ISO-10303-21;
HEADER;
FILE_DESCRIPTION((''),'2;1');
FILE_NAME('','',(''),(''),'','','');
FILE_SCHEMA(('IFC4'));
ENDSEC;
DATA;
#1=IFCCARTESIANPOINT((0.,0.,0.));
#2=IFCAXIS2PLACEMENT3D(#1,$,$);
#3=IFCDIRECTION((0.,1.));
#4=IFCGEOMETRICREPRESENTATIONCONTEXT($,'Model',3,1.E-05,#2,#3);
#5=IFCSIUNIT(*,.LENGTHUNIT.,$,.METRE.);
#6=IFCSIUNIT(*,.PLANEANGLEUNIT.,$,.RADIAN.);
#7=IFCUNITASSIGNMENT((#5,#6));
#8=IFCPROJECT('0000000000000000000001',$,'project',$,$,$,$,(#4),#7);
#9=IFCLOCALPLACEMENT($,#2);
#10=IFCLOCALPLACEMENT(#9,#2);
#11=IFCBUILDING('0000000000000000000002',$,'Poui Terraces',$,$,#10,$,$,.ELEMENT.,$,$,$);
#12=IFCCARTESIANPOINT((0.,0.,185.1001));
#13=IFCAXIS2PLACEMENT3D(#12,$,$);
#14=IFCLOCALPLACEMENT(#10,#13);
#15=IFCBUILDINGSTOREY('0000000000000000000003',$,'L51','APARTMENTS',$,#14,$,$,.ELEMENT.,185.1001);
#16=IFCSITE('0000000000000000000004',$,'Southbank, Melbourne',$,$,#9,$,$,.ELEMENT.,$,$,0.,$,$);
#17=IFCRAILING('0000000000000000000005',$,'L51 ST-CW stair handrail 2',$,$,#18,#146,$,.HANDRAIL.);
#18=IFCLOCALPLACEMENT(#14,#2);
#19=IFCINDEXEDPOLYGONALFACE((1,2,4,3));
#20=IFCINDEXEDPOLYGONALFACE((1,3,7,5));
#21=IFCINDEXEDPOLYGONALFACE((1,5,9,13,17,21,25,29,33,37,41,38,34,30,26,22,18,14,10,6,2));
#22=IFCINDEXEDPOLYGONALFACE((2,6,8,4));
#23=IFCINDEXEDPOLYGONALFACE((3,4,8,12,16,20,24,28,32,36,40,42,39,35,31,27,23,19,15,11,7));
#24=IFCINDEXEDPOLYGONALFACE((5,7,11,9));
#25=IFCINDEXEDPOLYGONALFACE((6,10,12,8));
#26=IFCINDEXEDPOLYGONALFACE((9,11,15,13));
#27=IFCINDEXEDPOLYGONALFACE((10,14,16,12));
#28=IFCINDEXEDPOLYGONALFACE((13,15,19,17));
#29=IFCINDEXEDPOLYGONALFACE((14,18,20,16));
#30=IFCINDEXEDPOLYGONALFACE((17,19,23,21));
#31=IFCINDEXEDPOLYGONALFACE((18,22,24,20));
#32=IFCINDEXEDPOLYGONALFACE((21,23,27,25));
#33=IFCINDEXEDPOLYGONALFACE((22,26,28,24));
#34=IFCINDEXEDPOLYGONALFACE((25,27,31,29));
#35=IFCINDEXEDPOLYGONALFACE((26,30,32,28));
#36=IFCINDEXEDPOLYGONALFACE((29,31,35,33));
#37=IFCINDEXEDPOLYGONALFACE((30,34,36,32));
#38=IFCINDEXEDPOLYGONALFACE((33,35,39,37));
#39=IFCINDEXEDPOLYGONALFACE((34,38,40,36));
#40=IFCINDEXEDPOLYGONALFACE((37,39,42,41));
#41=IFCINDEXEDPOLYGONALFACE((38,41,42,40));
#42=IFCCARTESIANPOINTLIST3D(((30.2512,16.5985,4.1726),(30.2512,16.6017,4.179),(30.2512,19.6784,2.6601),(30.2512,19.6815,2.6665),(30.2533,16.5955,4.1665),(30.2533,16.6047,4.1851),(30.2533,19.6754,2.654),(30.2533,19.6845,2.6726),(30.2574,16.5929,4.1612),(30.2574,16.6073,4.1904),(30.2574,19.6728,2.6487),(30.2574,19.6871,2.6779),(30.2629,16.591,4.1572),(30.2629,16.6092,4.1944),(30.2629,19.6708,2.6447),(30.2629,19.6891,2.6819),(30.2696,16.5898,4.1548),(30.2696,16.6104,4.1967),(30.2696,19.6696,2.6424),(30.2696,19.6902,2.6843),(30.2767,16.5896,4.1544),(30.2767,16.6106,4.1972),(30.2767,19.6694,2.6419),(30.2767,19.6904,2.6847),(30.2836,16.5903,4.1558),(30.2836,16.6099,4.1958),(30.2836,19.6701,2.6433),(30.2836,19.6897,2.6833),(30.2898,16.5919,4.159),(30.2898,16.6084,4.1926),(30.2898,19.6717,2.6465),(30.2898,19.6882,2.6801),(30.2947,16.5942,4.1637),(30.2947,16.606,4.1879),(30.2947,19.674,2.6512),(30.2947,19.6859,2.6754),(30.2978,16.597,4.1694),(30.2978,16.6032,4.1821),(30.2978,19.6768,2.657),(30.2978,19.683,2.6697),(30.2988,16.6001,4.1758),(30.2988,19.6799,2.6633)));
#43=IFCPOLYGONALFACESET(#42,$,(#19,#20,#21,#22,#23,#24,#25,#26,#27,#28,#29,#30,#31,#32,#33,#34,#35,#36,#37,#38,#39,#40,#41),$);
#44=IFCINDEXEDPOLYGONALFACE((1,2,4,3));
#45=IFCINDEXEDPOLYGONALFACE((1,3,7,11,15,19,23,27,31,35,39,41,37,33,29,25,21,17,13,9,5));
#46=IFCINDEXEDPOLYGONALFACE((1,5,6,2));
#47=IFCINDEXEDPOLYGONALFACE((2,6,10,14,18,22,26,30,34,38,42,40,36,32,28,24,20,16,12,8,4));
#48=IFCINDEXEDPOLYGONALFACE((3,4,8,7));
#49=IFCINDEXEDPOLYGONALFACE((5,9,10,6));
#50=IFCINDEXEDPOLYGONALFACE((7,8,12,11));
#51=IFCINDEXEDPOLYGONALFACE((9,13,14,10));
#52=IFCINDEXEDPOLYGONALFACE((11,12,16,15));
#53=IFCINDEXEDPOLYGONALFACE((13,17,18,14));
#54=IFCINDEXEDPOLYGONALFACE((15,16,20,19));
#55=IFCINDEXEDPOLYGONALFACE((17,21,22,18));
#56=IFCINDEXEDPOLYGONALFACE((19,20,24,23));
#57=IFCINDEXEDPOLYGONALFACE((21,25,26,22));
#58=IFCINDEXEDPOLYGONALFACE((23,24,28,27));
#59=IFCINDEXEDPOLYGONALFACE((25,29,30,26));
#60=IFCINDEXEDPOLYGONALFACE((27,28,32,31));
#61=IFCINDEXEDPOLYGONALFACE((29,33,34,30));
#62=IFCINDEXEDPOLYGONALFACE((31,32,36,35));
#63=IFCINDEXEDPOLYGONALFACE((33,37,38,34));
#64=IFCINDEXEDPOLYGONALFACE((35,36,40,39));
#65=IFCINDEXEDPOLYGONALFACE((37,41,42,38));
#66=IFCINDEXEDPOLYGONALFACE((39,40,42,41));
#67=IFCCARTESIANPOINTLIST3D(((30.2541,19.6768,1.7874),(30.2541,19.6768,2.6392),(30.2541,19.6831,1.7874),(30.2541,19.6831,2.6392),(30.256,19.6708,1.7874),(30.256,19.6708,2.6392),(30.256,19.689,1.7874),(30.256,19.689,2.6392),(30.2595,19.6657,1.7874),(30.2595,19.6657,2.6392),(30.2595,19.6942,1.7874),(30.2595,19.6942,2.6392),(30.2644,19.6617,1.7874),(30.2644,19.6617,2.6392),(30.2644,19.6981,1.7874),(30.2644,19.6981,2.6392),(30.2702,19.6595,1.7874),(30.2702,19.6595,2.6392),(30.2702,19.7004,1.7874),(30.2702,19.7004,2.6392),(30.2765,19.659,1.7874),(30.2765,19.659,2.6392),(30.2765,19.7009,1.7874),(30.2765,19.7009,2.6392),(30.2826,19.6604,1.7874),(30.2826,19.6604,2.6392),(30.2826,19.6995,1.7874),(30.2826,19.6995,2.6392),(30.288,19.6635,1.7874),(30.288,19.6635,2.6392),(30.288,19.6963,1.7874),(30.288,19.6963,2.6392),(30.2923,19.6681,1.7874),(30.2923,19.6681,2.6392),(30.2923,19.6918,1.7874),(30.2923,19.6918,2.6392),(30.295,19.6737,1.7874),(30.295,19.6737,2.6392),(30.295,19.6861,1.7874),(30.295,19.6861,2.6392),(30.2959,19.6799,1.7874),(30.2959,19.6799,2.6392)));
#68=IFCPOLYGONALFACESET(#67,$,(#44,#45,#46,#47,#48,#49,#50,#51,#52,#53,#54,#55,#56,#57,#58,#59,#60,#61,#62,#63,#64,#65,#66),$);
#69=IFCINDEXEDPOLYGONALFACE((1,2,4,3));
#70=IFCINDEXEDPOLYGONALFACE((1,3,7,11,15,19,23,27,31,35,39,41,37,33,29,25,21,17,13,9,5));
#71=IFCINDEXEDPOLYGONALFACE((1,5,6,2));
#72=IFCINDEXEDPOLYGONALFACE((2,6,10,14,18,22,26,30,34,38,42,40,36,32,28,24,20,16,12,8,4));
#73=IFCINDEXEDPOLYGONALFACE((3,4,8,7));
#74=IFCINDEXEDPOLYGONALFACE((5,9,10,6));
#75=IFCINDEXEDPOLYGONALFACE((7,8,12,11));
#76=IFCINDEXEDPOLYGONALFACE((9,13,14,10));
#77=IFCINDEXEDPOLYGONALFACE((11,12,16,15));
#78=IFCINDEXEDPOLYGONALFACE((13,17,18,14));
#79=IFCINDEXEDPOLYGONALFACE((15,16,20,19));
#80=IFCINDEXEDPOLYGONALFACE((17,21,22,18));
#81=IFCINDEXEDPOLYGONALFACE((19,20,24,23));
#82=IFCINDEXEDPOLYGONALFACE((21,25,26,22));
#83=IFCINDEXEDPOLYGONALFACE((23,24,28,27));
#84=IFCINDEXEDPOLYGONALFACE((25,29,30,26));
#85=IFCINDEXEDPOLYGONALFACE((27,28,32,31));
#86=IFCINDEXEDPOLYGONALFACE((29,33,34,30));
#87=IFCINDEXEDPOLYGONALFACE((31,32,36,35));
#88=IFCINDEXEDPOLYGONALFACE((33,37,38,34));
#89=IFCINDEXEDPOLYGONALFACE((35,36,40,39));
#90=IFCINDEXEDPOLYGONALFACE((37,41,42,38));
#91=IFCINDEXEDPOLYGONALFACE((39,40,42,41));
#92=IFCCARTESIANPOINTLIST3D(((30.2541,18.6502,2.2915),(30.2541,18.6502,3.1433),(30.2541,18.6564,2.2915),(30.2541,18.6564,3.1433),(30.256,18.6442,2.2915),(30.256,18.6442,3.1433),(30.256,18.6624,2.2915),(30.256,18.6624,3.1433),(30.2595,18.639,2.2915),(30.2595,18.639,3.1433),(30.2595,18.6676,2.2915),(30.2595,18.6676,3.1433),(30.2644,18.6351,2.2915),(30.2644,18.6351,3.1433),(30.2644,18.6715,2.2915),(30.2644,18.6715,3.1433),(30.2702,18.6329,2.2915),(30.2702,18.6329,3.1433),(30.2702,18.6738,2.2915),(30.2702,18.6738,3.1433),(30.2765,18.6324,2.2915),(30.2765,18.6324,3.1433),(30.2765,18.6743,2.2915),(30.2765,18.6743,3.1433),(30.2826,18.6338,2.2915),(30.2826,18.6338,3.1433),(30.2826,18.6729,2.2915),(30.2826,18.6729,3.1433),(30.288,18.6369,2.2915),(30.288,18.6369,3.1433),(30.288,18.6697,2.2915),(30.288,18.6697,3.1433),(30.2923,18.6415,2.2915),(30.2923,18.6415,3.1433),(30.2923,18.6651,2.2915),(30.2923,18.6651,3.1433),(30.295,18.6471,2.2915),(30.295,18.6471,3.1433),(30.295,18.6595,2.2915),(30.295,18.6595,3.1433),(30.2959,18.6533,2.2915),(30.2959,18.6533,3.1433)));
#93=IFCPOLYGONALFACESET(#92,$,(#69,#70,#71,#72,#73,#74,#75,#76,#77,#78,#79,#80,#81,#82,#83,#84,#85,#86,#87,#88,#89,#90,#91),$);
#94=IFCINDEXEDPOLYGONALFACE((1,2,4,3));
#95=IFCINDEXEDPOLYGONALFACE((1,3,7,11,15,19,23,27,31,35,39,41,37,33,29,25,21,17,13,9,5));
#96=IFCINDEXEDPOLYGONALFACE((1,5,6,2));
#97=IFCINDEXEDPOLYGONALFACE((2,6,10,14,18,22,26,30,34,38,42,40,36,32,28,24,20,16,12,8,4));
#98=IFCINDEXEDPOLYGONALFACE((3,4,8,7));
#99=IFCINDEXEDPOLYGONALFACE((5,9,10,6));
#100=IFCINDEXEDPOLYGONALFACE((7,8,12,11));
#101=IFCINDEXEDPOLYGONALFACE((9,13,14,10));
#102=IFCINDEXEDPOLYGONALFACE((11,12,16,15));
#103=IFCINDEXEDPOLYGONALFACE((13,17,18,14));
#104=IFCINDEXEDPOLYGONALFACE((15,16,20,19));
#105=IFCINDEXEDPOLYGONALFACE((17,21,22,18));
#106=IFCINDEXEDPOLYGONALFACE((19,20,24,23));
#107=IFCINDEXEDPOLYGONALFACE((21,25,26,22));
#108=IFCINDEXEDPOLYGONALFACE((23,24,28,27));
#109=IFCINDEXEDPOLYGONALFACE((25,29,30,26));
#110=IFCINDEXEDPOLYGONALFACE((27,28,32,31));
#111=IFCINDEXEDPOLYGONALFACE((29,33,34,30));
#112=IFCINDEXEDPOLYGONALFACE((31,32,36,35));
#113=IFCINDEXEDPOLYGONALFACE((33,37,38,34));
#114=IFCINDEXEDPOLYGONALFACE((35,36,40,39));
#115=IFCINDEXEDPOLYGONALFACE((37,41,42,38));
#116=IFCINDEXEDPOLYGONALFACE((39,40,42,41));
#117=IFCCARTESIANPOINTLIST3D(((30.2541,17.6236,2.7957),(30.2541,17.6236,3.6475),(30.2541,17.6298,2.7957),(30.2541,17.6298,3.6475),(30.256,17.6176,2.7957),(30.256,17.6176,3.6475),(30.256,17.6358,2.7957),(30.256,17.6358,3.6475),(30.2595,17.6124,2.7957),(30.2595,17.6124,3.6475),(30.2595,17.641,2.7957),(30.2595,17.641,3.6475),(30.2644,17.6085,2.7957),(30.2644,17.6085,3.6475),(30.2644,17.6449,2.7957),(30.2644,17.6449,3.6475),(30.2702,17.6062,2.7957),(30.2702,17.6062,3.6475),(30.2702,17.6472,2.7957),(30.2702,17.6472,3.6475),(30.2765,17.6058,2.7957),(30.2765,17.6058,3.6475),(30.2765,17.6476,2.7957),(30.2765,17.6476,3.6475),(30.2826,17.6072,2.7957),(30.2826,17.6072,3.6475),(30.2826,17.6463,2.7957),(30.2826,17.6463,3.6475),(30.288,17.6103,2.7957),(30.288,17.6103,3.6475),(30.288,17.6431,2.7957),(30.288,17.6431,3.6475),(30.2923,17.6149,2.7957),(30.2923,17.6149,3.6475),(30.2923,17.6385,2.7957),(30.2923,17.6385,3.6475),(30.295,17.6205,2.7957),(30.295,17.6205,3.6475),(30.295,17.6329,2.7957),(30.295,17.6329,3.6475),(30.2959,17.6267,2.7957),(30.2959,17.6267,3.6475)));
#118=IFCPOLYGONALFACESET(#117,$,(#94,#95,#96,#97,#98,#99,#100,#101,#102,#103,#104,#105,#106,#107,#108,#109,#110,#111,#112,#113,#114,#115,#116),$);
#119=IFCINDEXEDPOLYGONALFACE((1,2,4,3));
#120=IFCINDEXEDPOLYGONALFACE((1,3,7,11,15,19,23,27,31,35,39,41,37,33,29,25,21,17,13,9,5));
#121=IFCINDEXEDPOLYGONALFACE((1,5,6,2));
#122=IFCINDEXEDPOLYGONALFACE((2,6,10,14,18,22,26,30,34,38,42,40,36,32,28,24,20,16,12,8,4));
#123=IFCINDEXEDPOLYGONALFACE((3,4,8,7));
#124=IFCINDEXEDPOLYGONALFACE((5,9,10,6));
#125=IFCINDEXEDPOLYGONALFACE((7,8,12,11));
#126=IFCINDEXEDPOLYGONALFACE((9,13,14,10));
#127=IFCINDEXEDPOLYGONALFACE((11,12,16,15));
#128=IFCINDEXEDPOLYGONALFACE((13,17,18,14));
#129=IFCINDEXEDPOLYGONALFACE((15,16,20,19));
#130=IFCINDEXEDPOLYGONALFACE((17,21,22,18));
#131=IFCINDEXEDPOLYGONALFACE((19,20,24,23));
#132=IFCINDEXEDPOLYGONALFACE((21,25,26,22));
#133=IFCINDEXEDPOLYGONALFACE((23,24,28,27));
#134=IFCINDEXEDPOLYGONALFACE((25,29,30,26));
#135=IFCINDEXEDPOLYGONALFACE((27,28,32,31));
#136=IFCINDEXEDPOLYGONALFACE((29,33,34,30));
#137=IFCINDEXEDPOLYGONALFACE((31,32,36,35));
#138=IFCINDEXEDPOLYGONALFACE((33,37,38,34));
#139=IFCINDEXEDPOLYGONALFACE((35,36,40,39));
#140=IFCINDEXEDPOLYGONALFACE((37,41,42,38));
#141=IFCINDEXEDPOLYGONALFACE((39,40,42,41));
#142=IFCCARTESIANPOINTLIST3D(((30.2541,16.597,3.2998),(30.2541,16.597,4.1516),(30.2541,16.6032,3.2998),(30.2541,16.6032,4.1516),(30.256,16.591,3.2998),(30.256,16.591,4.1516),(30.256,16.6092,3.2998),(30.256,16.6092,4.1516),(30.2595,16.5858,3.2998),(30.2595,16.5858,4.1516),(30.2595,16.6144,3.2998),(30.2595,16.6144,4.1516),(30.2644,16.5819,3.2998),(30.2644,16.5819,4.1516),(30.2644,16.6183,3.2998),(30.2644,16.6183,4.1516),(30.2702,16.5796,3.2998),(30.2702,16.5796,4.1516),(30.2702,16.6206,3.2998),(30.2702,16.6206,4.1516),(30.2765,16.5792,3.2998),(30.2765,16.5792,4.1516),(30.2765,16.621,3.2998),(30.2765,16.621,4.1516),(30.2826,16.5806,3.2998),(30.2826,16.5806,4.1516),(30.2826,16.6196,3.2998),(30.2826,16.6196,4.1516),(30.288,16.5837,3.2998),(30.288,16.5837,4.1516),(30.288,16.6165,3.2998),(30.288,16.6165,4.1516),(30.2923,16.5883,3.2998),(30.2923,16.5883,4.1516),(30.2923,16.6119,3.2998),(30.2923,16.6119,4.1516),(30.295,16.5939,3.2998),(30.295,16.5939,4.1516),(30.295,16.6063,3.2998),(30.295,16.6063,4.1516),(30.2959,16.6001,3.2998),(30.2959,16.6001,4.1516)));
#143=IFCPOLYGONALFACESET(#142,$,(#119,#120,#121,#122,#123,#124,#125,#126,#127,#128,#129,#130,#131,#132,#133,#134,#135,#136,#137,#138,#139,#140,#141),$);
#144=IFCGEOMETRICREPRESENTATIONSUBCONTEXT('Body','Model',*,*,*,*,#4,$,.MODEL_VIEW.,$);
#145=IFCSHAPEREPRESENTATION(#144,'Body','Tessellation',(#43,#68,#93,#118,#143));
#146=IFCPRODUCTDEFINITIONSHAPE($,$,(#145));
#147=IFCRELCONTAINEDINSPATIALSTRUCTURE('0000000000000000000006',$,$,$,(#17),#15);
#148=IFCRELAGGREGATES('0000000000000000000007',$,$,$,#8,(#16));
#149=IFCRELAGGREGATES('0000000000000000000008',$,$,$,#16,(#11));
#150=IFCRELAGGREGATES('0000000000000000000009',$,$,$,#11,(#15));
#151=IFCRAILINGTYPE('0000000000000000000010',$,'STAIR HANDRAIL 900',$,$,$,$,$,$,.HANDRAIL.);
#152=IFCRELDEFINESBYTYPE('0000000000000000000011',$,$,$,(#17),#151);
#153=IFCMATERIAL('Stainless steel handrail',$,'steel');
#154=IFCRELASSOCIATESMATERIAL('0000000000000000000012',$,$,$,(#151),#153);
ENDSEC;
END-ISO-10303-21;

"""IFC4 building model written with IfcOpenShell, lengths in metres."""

from ifc_helpers import new_model, si_unit, direction, frame, origin, origin_2d, place, context, subcontext, project, spatial, circle, extrude, material, type_object, element, save


model = new_model("IFC4")

# Units and contexts
model_context = context("Model", 3, precision=1e-05, world=origin(), true_north=direction((0.0, 1.0)))
body_context = subcontext(model_context, "Body", "Model", "MODEL_VIEW")
ifc_project = project(units=[si_unit("LENGTHUNIT", "METRE"), si_unit("PLANEANGLEUNIT", "RADIAN")], contexts=[model_context])

# Site, building, storey
site_placement = place(None, origin())
site = spatial("IfcSite", under=ifc_project, at=site_placement, Name="Southbank, Melbourne", CompositionType="ELEMENT", RefElevation=0.0)
building_placement = place(site_placement, origin())
building = spatial("IfcBuilding", under=site, at=building_placement, Name="Poui Terraces", CompositionType="ELEMENT")
storey_placement = place(building_placement, frame((0.0, 0.0, 185.1001)))
storey = spatial("IfcBuildingStorey", under=building, at=storey_placement, Name="L51", Description="APARTMENTS", CompositionType="ELEMENT", Elevation=185.1001)

# Railing
ifc_material_1 = material(Name="Stainless steel handrail", Category="steel")
railing_type_1 = type_object("IfcRailingType", Name="STAIR HANDRAIL 900", PredefinedType="HANDRAIL", material=ifc_material_1)
railing_1_placement = place(storey_placement, frame((30.2749, 19.6799, 1.7874)))
element("IfcRailing", 1, at=railing_1_placement, inside=storey, type_object=railing_type_1, Name="L51 ST-CW stair handrail 2", PredefinedType="HANDRAIL", context=body_context, shape_type="SweptSolid", body=[
    extrude(circle(Radius=0.0239, at=origin_2d()), frame((0.0, 0.0, 0.876), z_axis=(0.0, -0.897606, 0.440798), x_axis=(1.0, 0.0, 0.0)), (0.0, 0.0, 1.0), 3.4312),
    extrude(circle(Radius=0.021, at=origin_2d()), origin(), (0.0, 0.0, 1.0), 0.8518),
    extrude(circle(Radius=0.021, at=origin_2d()), frame((0.0, -1.0266, 0.5042)), (0.0, 0.0, 1.0), 0.8518),
    extrude(circle(Radius=0.021, at=origin_2d()), frame((0.0, -2.0532, 1.0083)), (0.0, 0.0, 1.0), 0.8518),
    extrude(circle(Radius=0.021, at=origin_2d()), frame((0.0, -3.0798, 1.5125)), (0.0, 0.0, 1.0), 0.8518),
])

save(model, "model.ifc")
